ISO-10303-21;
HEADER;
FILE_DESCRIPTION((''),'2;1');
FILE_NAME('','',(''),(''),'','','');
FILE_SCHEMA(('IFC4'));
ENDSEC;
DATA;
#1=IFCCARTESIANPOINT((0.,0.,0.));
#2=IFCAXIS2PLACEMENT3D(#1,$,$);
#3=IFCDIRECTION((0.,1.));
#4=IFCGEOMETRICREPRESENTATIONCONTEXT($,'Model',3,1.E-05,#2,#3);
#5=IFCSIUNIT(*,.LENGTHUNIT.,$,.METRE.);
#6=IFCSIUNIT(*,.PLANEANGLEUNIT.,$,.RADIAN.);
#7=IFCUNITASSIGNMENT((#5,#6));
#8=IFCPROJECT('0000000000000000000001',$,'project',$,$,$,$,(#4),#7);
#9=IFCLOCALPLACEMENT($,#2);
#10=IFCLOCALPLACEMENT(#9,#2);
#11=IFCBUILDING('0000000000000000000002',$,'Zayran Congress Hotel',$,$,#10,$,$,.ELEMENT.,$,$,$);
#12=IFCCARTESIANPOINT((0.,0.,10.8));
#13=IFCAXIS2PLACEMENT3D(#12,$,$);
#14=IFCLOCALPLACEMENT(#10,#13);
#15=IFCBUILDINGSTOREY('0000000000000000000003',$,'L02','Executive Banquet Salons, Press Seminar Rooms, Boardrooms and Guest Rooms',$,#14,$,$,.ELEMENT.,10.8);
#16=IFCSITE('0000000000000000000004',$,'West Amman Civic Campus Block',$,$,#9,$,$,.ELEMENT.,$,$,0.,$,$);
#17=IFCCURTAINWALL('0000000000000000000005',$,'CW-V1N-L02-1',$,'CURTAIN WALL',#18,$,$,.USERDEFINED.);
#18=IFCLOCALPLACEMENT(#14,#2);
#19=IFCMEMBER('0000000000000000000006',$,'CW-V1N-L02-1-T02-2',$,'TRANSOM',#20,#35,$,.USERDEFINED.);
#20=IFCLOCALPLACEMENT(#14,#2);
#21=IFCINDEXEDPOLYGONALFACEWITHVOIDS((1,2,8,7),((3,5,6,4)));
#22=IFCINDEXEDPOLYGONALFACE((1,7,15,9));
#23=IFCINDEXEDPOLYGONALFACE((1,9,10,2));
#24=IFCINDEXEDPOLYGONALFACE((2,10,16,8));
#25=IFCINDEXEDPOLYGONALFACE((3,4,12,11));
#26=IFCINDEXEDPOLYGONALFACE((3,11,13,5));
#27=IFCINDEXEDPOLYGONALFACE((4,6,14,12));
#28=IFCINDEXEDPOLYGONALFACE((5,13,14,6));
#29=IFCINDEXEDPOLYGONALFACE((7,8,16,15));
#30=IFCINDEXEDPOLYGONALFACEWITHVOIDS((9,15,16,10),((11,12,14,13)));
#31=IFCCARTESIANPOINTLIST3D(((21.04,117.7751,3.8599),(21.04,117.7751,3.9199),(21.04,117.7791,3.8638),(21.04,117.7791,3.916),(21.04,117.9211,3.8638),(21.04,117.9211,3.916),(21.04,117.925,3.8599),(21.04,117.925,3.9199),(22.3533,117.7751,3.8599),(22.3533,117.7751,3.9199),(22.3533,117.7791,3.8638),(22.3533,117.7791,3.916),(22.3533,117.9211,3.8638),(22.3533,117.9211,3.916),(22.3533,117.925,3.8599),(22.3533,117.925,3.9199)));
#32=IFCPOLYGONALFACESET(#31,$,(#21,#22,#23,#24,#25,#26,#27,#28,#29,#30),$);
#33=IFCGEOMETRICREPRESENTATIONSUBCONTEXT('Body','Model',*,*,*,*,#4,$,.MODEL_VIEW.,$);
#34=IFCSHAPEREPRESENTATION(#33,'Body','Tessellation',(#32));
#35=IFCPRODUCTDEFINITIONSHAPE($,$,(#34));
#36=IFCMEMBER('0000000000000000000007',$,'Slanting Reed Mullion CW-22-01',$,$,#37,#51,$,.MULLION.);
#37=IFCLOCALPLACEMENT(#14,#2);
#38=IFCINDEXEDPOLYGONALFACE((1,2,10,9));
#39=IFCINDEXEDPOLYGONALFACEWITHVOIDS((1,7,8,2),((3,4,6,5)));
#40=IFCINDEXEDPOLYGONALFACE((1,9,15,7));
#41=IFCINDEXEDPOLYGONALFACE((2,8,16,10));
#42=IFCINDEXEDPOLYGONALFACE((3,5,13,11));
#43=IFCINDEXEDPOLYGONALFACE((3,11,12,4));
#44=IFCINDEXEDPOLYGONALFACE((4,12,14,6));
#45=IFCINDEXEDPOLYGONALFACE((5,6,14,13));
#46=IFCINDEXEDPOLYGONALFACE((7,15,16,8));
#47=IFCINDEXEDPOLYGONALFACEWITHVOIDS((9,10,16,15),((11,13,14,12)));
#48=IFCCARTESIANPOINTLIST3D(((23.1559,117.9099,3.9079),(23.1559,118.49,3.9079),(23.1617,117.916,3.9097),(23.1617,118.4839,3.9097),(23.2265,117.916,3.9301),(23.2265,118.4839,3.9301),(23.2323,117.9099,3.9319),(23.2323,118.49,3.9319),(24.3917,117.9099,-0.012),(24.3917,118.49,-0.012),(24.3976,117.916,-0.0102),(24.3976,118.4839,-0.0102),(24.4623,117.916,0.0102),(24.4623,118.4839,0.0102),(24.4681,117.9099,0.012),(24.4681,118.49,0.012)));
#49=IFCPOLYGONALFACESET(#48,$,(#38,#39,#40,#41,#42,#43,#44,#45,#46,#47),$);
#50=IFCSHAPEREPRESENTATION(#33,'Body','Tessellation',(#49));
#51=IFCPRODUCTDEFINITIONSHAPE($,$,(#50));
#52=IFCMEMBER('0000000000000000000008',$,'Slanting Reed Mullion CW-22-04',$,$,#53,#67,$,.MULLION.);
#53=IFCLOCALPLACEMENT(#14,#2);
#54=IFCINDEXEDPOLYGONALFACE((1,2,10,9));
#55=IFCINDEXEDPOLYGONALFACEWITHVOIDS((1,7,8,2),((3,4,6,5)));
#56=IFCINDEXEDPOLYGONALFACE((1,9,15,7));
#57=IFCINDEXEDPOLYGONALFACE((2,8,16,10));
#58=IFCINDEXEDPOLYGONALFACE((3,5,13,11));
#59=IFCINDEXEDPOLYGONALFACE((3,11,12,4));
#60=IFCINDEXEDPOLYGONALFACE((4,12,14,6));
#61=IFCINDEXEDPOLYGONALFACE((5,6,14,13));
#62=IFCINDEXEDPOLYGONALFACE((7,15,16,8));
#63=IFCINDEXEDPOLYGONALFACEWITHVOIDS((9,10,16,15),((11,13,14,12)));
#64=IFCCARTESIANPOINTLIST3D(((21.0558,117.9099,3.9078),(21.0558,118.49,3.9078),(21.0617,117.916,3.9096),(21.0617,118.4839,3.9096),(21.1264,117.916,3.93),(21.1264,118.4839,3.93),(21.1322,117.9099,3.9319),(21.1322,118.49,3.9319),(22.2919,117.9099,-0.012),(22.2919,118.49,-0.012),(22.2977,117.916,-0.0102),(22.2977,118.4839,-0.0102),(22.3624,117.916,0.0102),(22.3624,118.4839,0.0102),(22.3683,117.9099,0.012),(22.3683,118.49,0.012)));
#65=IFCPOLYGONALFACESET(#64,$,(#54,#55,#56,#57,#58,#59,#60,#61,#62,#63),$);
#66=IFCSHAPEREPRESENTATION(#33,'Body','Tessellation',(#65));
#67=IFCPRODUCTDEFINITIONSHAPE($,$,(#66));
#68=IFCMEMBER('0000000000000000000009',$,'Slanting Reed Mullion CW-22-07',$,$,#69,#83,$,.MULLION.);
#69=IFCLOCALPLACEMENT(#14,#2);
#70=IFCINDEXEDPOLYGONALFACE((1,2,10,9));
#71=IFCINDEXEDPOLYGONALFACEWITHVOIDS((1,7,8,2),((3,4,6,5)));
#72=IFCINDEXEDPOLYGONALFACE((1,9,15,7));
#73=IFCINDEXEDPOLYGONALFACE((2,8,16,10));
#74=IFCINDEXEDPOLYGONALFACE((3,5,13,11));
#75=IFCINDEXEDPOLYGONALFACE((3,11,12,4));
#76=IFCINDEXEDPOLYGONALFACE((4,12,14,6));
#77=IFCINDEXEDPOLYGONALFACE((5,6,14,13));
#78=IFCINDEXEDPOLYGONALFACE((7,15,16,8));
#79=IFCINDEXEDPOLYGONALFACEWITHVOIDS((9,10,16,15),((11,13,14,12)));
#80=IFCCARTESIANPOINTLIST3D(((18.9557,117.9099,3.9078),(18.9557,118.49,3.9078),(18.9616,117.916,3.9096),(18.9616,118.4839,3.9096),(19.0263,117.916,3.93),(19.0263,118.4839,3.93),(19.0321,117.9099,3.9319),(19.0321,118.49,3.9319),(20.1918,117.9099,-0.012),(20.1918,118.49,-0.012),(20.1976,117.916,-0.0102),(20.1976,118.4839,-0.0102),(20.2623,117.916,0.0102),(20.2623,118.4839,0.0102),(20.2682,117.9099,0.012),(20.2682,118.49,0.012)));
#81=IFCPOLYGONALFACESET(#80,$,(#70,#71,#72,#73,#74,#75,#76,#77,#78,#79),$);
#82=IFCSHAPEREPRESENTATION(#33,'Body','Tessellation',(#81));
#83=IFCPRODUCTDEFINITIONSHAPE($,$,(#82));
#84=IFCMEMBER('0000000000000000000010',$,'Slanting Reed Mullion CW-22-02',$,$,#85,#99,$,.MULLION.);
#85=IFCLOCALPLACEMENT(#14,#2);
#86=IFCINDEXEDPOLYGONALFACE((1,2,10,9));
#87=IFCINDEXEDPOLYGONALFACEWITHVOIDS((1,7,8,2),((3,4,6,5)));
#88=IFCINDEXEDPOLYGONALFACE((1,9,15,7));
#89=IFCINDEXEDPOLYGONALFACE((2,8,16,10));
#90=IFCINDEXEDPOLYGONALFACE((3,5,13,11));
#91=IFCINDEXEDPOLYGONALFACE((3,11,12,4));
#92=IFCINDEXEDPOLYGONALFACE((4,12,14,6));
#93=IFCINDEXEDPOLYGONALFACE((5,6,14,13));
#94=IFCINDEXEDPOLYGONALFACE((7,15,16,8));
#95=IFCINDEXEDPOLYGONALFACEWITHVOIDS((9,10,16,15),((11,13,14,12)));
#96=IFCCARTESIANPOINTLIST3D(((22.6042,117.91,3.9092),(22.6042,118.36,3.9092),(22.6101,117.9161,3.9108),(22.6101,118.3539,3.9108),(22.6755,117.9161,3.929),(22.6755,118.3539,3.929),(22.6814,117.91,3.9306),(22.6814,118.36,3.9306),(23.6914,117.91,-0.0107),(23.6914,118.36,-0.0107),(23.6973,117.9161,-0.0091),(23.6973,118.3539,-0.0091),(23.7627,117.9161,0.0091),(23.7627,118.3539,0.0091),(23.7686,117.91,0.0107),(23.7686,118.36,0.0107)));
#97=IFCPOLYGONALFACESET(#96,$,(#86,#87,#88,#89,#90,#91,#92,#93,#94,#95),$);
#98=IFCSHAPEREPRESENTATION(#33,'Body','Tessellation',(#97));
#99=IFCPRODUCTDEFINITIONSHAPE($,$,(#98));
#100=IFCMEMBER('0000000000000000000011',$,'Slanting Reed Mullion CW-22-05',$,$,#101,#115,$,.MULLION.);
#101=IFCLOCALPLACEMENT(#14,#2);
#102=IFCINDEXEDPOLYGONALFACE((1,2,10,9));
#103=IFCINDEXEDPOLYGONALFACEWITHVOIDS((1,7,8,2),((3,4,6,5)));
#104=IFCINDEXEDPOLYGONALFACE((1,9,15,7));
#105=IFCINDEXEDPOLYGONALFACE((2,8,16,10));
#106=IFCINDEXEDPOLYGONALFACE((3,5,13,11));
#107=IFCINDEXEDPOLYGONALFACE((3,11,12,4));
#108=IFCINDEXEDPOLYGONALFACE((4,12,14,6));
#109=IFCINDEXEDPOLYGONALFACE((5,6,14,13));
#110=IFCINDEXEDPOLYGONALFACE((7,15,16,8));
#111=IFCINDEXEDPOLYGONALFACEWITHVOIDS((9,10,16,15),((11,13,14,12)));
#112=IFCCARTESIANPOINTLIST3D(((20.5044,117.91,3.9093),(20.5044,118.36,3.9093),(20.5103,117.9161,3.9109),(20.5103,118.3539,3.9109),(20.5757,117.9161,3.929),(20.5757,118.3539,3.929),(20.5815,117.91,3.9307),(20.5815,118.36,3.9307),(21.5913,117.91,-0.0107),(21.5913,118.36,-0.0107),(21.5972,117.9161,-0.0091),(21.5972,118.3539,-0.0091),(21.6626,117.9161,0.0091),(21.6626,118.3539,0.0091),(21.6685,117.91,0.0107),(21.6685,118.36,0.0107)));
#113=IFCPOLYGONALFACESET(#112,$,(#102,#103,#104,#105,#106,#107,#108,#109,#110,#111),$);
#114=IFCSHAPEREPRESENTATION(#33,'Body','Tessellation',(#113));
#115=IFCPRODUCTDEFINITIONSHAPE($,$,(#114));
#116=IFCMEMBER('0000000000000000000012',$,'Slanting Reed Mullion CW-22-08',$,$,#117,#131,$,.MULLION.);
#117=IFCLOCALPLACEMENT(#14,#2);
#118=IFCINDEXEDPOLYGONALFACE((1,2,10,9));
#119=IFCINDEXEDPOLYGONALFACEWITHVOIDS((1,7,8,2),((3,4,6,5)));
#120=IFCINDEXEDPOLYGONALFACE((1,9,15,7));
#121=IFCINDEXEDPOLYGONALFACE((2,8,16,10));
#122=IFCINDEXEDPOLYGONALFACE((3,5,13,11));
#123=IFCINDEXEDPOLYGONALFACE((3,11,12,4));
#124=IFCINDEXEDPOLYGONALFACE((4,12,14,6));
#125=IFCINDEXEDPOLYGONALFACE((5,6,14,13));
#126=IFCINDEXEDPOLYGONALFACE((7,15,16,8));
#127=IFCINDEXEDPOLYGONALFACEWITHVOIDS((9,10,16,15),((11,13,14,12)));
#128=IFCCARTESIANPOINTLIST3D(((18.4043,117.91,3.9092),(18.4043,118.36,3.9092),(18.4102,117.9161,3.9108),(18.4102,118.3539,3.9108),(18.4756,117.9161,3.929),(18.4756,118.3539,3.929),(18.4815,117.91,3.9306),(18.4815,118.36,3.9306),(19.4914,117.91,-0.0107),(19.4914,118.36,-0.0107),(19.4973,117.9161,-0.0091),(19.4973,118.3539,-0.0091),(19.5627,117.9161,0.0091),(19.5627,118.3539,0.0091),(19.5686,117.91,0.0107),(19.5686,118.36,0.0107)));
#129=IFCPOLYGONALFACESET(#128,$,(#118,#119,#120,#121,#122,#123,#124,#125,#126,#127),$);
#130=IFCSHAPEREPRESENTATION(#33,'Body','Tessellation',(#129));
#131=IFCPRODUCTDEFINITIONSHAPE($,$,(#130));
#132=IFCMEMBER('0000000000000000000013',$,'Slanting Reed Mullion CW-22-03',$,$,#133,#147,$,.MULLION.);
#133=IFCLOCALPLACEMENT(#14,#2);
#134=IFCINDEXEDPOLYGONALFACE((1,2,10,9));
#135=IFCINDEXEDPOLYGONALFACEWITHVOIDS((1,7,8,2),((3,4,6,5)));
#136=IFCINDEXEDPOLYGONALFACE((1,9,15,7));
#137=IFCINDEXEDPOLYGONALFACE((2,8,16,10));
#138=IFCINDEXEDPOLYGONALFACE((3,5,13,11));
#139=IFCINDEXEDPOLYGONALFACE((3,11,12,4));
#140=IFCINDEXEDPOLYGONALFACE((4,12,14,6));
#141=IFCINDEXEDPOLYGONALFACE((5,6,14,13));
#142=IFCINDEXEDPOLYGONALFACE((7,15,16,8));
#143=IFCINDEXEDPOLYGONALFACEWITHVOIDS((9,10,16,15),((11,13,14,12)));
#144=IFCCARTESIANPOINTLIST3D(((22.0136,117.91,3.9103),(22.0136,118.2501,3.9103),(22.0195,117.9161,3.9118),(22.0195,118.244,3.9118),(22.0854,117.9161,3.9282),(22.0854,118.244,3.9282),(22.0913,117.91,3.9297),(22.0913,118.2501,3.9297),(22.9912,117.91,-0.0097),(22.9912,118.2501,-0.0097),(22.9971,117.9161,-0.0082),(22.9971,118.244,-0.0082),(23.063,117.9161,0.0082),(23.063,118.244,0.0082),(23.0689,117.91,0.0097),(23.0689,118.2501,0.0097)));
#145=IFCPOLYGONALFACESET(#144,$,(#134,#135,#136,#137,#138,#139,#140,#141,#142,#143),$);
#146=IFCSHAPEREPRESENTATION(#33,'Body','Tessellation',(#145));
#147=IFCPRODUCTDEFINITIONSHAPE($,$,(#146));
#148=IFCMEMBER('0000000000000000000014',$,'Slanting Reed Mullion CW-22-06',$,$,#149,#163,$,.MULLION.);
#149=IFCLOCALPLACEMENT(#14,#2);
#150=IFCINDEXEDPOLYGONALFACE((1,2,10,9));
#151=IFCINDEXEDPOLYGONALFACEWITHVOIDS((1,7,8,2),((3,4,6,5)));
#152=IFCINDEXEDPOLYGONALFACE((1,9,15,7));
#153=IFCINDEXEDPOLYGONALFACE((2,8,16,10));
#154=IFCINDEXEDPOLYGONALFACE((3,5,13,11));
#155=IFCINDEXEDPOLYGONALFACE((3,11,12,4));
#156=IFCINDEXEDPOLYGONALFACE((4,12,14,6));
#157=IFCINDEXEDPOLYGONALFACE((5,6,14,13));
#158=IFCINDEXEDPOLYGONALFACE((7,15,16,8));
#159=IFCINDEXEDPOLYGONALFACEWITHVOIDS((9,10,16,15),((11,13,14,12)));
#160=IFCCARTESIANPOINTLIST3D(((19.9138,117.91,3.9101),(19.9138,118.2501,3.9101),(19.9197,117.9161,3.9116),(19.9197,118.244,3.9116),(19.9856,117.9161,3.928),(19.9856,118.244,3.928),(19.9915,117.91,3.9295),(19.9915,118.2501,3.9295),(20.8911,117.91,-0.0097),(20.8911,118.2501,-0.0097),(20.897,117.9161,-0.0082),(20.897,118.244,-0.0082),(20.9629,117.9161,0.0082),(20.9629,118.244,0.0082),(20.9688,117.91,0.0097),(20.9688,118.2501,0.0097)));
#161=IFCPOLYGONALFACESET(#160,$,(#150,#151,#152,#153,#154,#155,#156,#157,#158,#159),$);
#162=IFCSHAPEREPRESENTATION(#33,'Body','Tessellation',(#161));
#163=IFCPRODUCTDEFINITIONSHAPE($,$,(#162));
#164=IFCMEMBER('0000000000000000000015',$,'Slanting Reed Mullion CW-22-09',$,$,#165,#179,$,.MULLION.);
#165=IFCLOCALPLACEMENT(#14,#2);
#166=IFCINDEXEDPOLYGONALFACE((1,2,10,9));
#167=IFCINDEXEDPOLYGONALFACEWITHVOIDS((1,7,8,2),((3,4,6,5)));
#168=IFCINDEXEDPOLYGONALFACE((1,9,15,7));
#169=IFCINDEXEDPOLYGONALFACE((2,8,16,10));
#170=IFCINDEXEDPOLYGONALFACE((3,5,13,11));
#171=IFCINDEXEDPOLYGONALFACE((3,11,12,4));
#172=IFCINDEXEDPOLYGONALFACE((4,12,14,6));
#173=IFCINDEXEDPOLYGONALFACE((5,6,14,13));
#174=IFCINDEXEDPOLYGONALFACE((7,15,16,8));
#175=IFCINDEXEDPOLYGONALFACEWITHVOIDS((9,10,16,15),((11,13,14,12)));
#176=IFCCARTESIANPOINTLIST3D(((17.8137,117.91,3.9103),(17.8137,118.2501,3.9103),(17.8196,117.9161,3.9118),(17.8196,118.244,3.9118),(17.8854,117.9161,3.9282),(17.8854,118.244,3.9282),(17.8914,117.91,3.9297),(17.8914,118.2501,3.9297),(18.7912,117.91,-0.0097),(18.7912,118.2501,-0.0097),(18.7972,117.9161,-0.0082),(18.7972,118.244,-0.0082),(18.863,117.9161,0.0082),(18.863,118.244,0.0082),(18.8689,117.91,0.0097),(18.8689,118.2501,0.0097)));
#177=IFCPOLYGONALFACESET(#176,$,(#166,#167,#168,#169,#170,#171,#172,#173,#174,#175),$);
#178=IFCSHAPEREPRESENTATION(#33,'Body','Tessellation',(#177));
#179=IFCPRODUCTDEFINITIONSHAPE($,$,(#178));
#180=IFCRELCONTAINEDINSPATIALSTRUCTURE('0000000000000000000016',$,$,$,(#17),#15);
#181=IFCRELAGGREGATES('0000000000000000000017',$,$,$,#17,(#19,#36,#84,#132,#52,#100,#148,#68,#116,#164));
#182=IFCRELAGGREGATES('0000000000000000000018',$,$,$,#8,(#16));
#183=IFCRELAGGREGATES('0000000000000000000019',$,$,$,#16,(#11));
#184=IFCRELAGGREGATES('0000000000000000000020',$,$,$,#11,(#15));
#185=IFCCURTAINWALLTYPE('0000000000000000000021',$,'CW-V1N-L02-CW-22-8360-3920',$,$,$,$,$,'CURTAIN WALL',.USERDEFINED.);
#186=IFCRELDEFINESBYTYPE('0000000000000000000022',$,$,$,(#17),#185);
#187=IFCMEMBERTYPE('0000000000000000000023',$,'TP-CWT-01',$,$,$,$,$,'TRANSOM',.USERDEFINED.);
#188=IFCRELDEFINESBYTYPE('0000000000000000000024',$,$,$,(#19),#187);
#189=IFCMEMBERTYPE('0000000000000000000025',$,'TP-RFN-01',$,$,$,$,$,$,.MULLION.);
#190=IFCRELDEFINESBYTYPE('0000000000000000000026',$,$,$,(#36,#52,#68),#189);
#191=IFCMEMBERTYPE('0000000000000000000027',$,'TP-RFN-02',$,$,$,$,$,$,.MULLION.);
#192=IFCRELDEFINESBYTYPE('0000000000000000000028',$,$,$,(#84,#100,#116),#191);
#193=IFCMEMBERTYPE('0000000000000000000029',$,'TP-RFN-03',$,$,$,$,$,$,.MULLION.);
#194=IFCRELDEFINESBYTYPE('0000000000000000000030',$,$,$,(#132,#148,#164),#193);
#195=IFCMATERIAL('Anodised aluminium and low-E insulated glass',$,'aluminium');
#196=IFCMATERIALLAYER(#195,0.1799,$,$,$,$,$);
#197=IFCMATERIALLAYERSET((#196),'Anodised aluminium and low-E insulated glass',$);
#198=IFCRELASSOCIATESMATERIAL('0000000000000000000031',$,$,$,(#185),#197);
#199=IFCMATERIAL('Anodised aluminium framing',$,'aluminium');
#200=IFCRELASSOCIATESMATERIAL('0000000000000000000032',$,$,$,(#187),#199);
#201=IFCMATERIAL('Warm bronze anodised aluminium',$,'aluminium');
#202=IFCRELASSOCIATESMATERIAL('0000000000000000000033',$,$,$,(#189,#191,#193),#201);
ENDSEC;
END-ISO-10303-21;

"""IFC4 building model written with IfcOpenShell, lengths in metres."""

from ifc_helpers import new_model, si_unit, direction, frame, origin, origin_2d, place, context, subcontext, project, spatial, hollow_rectangle, extrude, material, layer, layer_set, material_profile, profile_set, type_object, element, aggregate, save


model = new_model("IFC4")

# Units and contexts
model_context = context("Model", 3, precision=1e-05, world=origin(), true_north=direction((0.0, 1.0)))
body_context = subcontext(model_context, "Body", "Model", "MODEL_VIEW")
ifc_project = project(units=[si_unit("LENGTHUNIT", "METRE"), si_unit("PLANEANGLEUNIT", "RADIAN")], contexts=[model_context])

# Site, building, storey
site_placement = place(None, origin())
site = spatial("IfcSite", under=ifc_project, at=site_placement, Name="West Amman Civic Campus Block", CompositionType="ELEMENT", RefElevation=0.0)
building_placement = place(site_placement, origin())
building = spatial("IfcBuilding", under=site, at=building_placement, Name="Zayran Congress Hotel", CompositionType="ELEMENT")
storey_placement = place(building_placement, frame((0.0, 0.0, 10.8)))
storey = spatial("IfcBuildingStorey", under=building, at=storey_placement, Name="L02", Description="Executive Banquet Salons, Press Seminar Rooms, Boardrooms and Guest Rooms", CompositionType="ELEMENT", Elevation=10.8)

# Curtain wall, members
ifc_material_1 = material(Name="Anodised aluminium and low-E insulated glass", Category="aluminium")
ifc_layer_1 = layer(ifc_material_1, 0.1799)
ifc_layer_set_1 = layer_set([ifc_layer_1], Name="Anodised aluminium and low-E insulated glass")
curtain_wall_type = type_object("IfcCurtainWallType", Name="CW-V1N-L02-CW-22-8360-3920", ElementType="CURTAIN WALL", PredefinedType="USERDEFINED", material=ifc_layer_set_1)
curtain_wall_placement = place(storey_placement, origin())
curtain_wall = element("IfcCurtainWall", 1, at=curtain_wall_placement, inside=storey, type_object=curtain_wall_type, Name="CW-V1N-L02-1", ObjectType="CURTAIN WALL", PredefinedType="USERDEFINED")
ifc_material_2 = material(Name="Anodised aluminium framing", Category="aluminium")
ifc_material_profile_1 = material_profile(ifc_material_2, hollow_rectangle(XDim=0.0601, YDim=0.1499, WallThickness=0.0039, at=origin_2d()), Name="RHS 150x60x4")
ifc_profile_set_1 = profile_set([ifc_material_profile_1], Name="Anodised aluminium framing")
member_type_1 = type_object("IfcMemberType", Name="TP-CWT-01", ElementType="TRANSOM", PredefinedType="USERDEFINED", material=ifc_profile_set_1)
member_1_placement = place(storey_placement, frame((22.3533, 117.8501, 3.8899), z_axis=(-1.0, 0.0, 0.0), x_axis=(0.0, 0.0, 1.0)))
member_1 = element("IfcMember", 2, at=member_1_placement, type_object=member_type_1, Name="CW-V1N-L02-1-T02-2", ObjectType="TRANSOM", PredefinedType="USERDEFINED", context=body_context, shape_type="SweptSolid", body=[
    extrude(hollow_rectangle(XDim=0.0601, YDim=0.1499, WallThickness=0.0039, at=origin_2d()), origin(), (0.0, 0.0, 1.0), 1.3132),
])
ifc_material_3 = material(Name="Warm bronze anodised aluminium", Category="aluminium")
ifc_material_profile_2 = material_profile(ifc_material_3, hollow_rectangle(XDim=0.0801, YDim=0.5801, WallThickness=0.0061, at=origin_2d()), Name="RHS 580x80x6")
ifc_profile_set_2 = profile_set([ifc_material_profile_2], Name="Warm bronze anodised aluminium")
member_type_2 = type_object("IfcMemberType", Name="TP-RFN-01", PredefinedType="MULLION", material=ifc_profile_set_2)
member_2_placement = place(storey_placement, frame((24.4299, 118.2, 0.0), z_axis=(-0.300682, 0.0, 0.953724), x_axis=(0.953724, 0.0, 0.300682)))
member_2 = element("IfcMember", 3, at=member_2_placement, type_object=member_type_2, Name="Slanting Reed Mullion CW-22-01", PredefinedType="MULLION", context=body_context, shape_type="SweptSolid", body=[
    extrude(hollow_rectangle(XDim=0.0801, YDim=0.5801, WallThickness=0.0061, at=origin_2d()), origin(), (0.0, 0.0, 1.0), 4.1101),
])
member_3_placement = place(storey_placement, frame((22.3301, 118.2, 0.0), z_axis=(-0.300736, 0.0, 0.953707), x_axis=(0.953707, 0.0, 0.300736)))
member_3 = element("IfcMember", 4, at=member_3_placement, type_object=member_type_2, Name="Slanting Reed Mullion CW-22-04", PredefinedType="MULLION", context=body_context, shape_type="SweptSolid", body=[
    extrude(hollow_rectangle(XDim=0.0801, YDim=0.5801, WallThickness=0.0061, at=origin_2d()), origin(), (0.0, 0.0, 1.0), 4.1101),
])
member_4_placement = place(storey_placement, frame((20.23, 118.2, 0.0), z_axis=(-0.300736, 0.0, 0.953707), x_axis=(0.953707, 0.0, 0.300736)))
member_4 = element("IfcMember", 5, at=member_4_placement, type_object=member_type_2, Name="Slanting Reed Mullion CW-22-07", PredefinedType="MULLION", context=body_context, shape_type="SweptSolid", body=[
    extrude(hollow_rectangle(XDim=0.0801, YDim=0.5801, WallThickness=0.0061, at=origin_2d()), origin(), (0.0, 0.0, 1.0), 4.1101),
])
ifc_material_profile_3 = material_profile(ifc_material_3, hollow_rectangle(XDim=0.0801, YDim=0.45, WallThickness=0.0061, at=origin_2d()), Name="RHS 450x80x6")
ifc_profile_set_3 = profile_set([ifc_material_profile_3], Name="Warm bronze anodised aluminium")
member_type_3 = type_object("IfcMemberType", Name="TP-RFN-02", PredefinedType="MULLION", material=ifc_profile_set_3)
member_5_placement = place(storey_placement, frame((23.73, 118.135, 0.0), z_axis=(-0.267254, 0.0, 0.963626), x_axis=(0.963626, 0.0, 0.267254)))
member_5 = element("IfcMember", 6, at=member_5_placement, type_object=member_type_3, Name="Slanting Reed Mullion CW-22-02", PredefinedType="MULLION", context=body_context, shape_type="SweptSolid", body=[
    extrude(hollow_rectangle(XDim=0.0801, YDim=0.45, WallThickness=0.0061, at=origin_2d()), origin(), (0.0, 0.0, 1.0), 4.0679),
])
member_6_placement = place(storey_placement, frame((21.6299, 118.135, 0.0), z_axis=(-0.267198, 0.0, 0.963642), x_axis=(0.963642, 0.0, 0.267198)))
member_6 = element("IfcMember", 7, at=member_6_placement, type_object=member_type_3, Name="Slanting Reed Mullion CW-22-05", PredefinedType="MULLION", context=body_context, shape_type="SweptSolid", body=[
    extrude(hollow_rectangle(XDim=0.0801, YDim=0.45, WallThickness=0.0061, at=origin_2d()), origin(), (0.0, 0.0, 1.0), 4.0679),
])
member_7_placement = place(storey_placement, frame((19.53, 118.135, 0.0), z_axis=(-0.267254, 0.0, 0.963626), x_axis=(0.963626, 0.0, 0.267254)))
member_7 = element("IfcMember", 8, at=member_7_placement, type_object=member_type_3, Name="Slanting Reed Mullion CW-22-08", PredefinedType="MULLION", context=body_context, shape_type="SweptSolid", body=[
    extrude(hollow_rectangle(XDim=0.0801, YDim=0.45, WallThickness=0.0061, at=origin_2d()), origin(), (0.0, 0.0, 1.0), 4.0679),
])
ifc_material_profile_4 = material_profile(ifc_material_3, hollow_rectangle(XDim=0.0801, YDim=0.3401, WallThickness=0.0061, at=origin_2d()), Name="RHS 340x80x6")
ifc_profile_set_4 = profile_set([ifc_material_profile_4], Name="Warm bronze anodised aluminium")
member_type_4 = type_object("IfcMemberType", Name="TP-RFN-03", PredefinedType="MULLION", material=ifc_profile_set_4)
member_8_placement = place(storey_placement, frame((23.03, 118.0801, 0.0), z_axis=(-0.241967, 0.0, 0.970285), x_axis=(0.970285, 0.0, 0.241967)))
member_8 = element("IfcMember", 9, at=member_8_placement, type_object=member_type_4, Name="Slanting Reed Mullion CW-22-03", PredefinedType="MULLION", context=body_context, shape_type="SweptSolid", body=[
    extrude(hollow_rectangle(XDim=0.0801, YDim=0.3401, WallThickness=0.0061, at=origin_2d()), origin(), (0.0, 0.0, 1.0), 4.04),
])
member_9_placement = place(storey_placement, frame((20.9299, 118.0801, 0.0), z_axis=(-0.24191, 0.0, 0.970299), x_axis=(0.970299, 0.0, 0.24191)))
member_9 = element("IfcMember", 10, at=member_9_placement, type_object=member_type_4, Name="Slanting Reed Mullion CW-22-06", PredefinedType="MULLION", context=body_context, shape_type="SweptSolid", body=[
    extrude(hollow_rectangle(XDim=0.0801, YDim=0.3401, WallThickness=0.0061, at=origin_2d()), origin(), (0.0, 0.0, 1.0), 4.0398),
])
member_10_placement = place(storey_placement, frame((18.8301, 118.0801, 0.0), z_axis=(-0.241967, 0.0, 0.970285), x_axis=(0.970285, 0.0, 0.241967)))
member_10 = element("IfcMember", 11, at=member_10_placement, type_object=member_type_4, Name="Slanting Reed Mullion CW-22-09", PredefinedType="MULLION", context=body_context, shape_type="SweptSolid", body=[
    extrude(hollow_rectangle(XDim=0.0801, YDim=0.3401, WallThickness=0.0061, at=origin_2d()), origin(), (0.0, 0.0, 1.0), 4.04),
])
aggregate(curtain_wall, [member_1, member_2, member_5, member_8, member_3, member_6, member_9, member_4, member_7, member_10])

save(model, "model.ifc")
